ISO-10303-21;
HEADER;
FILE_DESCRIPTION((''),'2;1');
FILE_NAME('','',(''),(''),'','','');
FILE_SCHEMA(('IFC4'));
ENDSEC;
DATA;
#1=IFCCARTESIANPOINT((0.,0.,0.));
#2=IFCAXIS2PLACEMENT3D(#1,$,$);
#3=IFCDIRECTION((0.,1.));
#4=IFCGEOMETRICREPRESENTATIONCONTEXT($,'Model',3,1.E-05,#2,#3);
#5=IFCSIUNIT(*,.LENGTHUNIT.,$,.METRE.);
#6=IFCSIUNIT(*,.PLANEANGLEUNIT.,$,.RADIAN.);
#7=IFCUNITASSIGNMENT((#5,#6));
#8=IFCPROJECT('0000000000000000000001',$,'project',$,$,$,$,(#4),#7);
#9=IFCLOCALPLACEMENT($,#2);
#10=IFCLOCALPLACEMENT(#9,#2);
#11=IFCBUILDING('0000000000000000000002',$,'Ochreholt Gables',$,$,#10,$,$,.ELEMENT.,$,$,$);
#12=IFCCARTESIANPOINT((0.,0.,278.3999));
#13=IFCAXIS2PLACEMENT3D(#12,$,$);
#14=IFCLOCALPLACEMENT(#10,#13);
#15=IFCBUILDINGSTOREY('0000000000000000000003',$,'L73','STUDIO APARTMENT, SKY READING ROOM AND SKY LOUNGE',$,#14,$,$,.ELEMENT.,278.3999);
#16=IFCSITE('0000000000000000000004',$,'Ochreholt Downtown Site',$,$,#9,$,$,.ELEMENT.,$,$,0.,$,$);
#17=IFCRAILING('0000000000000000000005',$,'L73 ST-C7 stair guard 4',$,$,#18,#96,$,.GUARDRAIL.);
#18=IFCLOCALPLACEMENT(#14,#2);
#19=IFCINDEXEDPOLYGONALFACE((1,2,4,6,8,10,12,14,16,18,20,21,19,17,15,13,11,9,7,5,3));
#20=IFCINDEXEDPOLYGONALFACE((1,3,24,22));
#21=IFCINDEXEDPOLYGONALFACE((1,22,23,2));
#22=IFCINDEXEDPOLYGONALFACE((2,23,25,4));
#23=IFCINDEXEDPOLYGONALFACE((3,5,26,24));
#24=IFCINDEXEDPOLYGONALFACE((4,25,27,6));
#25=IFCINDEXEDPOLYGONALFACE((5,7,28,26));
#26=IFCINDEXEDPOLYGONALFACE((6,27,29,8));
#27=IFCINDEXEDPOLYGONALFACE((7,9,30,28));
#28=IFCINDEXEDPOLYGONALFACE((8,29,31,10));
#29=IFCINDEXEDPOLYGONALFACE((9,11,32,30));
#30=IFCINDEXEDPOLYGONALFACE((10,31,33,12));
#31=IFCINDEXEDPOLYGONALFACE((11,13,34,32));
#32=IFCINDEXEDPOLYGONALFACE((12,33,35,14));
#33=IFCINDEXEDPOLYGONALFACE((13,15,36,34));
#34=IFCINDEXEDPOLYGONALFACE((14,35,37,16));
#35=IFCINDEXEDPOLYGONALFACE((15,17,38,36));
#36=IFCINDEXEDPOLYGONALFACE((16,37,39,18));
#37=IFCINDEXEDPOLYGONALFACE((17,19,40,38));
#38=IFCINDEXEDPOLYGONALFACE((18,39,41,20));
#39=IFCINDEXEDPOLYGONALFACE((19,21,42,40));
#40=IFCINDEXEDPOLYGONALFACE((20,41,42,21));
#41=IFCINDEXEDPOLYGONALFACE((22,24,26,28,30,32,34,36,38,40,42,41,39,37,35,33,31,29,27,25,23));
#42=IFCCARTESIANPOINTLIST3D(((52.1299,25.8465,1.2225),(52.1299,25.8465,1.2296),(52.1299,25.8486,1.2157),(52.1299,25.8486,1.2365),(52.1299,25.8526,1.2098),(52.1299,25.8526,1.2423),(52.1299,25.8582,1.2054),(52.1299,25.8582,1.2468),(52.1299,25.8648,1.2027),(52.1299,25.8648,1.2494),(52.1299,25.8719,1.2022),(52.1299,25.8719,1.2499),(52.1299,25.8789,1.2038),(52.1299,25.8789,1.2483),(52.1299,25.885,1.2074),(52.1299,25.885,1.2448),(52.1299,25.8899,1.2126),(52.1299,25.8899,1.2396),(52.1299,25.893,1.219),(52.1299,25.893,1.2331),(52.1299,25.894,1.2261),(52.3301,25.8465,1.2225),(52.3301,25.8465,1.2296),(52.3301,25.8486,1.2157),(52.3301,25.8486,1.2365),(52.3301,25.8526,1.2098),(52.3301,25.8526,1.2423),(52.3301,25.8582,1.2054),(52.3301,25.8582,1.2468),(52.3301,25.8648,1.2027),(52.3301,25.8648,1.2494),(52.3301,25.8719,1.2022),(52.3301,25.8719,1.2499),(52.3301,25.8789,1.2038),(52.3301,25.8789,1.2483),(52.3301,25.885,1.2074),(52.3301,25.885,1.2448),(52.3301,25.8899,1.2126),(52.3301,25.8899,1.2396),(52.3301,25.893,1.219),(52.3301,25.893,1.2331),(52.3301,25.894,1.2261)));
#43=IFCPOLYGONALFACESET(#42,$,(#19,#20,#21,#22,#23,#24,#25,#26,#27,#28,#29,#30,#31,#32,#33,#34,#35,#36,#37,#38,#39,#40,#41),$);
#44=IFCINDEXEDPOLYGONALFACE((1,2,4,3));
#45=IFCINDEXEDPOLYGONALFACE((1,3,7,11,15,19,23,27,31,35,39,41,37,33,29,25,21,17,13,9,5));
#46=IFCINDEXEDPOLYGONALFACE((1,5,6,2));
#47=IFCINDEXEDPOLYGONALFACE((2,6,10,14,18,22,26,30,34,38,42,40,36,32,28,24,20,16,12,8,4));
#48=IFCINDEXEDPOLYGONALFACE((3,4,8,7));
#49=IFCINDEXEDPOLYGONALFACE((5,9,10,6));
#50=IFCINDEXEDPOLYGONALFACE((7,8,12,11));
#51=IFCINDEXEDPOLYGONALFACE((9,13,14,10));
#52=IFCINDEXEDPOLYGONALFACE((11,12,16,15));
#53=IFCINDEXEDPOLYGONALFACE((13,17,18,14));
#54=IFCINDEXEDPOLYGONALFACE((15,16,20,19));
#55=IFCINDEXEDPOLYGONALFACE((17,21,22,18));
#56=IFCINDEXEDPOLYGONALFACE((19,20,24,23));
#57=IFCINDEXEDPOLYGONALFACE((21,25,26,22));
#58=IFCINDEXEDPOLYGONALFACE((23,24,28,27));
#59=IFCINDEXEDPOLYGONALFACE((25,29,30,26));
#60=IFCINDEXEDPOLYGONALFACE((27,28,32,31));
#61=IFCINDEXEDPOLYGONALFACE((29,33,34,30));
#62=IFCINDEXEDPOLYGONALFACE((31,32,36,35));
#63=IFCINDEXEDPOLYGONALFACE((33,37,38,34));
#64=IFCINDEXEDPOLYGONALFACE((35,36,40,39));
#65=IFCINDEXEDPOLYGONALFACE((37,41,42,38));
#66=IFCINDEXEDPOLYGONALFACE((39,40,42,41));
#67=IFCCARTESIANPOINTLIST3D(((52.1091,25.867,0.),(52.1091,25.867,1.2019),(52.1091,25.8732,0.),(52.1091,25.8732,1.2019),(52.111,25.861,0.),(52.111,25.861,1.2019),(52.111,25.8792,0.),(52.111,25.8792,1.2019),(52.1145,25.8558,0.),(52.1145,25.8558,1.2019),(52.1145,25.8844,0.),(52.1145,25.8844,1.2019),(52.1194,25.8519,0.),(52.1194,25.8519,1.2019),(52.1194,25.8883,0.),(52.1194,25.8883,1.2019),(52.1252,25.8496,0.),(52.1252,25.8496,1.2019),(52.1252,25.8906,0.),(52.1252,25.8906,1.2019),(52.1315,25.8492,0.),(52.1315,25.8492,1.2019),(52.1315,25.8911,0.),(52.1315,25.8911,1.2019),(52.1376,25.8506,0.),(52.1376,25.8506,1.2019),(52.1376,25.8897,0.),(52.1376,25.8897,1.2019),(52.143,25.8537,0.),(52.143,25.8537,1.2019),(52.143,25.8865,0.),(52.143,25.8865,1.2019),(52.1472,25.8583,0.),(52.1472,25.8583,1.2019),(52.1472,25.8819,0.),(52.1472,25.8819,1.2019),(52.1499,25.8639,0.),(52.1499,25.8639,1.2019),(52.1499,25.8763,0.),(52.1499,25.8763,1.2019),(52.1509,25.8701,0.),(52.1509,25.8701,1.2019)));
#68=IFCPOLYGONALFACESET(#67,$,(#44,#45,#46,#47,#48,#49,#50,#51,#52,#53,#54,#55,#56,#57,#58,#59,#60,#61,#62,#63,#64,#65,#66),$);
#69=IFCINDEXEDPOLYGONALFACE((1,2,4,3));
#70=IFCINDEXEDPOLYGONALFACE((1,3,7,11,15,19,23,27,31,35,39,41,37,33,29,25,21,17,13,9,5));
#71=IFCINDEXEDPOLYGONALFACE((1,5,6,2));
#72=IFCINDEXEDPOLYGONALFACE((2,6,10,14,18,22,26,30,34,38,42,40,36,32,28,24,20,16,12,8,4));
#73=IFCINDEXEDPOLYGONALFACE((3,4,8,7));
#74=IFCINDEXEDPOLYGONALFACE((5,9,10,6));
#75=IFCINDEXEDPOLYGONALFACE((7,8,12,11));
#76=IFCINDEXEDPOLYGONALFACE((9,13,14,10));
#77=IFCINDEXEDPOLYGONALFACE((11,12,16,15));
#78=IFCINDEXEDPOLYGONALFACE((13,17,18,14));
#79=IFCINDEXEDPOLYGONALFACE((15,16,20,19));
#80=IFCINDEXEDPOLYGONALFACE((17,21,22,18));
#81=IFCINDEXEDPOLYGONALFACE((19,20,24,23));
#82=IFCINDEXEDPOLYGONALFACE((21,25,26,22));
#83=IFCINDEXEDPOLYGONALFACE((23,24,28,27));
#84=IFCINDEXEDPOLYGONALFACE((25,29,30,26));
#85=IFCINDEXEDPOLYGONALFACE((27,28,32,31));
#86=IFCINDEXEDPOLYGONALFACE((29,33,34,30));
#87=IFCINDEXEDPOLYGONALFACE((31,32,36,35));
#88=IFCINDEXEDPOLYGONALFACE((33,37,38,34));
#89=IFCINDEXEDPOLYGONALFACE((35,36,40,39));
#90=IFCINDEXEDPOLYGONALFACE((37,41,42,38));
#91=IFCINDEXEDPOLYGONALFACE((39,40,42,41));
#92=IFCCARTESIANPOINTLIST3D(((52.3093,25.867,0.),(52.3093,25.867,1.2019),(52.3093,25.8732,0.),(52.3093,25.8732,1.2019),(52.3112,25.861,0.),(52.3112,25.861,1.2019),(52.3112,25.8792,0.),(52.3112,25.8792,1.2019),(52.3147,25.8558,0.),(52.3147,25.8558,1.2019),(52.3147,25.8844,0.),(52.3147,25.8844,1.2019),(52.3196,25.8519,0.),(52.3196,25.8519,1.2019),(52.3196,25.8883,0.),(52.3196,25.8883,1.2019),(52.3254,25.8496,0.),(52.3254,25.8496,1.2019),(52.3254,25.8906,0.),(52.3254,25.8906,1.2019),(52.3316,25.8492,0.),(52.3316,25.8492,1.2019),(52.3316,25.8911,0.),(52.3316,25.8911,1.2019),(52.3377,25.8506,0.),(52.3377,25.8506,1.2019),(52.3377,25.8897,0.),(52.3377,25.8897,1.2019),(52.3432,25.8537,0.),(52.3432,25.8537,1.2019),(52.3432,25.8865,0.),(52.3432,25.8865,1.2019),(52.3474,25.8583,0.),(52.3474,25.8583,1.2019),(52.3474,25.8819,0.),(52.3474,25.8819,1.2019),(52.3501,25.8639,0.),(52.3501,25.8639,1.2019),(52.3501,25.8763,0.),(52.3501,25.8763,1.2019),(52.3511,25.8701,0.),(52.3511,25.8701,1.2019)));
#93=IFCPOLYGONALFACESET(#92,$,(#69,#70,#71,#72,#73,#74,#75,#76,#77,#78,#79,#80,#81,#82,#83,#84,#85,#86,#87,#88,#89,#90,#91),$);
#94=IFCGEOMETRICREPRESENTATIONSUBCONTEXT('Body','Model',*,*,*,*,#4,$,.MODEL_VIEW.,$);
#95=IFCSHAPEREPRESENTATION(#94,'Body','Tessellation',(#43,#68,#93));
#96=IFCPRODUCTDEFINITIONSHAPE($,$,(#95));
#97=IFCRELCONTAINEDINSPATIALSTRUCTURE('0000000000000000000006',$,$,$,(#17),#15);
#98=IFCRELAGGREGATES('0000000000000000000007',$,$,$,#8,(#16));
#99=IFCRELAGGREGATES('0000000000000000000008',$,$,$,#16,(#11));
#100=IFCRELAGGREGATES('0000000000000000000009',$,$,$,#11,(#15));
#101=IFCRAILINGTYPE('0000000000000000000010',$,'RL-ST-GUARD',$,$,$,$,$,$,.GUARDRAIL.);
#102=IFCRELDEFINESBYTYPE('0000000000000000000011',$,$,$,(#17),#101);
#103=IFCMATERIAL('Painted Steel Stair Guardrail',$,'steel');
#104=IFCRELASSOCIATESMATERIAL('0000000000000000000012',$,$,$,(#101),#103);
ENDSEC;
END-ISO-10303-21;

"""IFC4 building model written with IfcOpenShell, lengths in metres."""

from ifc_helpers import new_model, si_unit, direction, frame, origin, origin_2d, place, context, subcontext, project, spatial, circle, extrude, material, type_object, element, save


model = new_model("IFC4")

# Units and contexts
model_context = context("Model", 3, precision=1e-05, world=origin(), true_north=direction((0.0, 1.0)))
body_context = subcontext(model_context, "Body", "Model", "MODEL_VIEW")
ifc_project = project(units=[si_unit("LENGTHUNIT", "METRE"), si_unit("PLANEANGLEUNIT", "RADIAN")], contexts=[model_context])

# Site, building, storey
site_placement = place(None, origin())
site = spatial("IfcSite", under=ifc_project, at=site_placement, Name="Ochreholt Downtown Site", CompositionType="ELEMENT", RefElevation=0.0)
building_placement = place(site_placement, origin())
building = spatial("IfcBuilding", under=site, at=building_placement, Name="Ochreholt Gables", CompositionType="ELEMENT")
storey_placement = place(building_placement, frame((0.0, 0.0, 278.3999)))
storey = spatial("IfcBuildingStorey", under=building, at=storey_placement, Name="L73", Description="STUDIO APARTMENT, SKY READING ROOM AND SKY LOUNGE", CompositionType="ELEMENT", Elevation=278.3999)

# Railing
ifc_material_1 = material(Name="Painted Steel Stair Guardrail", Category="steel")
railing_type_1 = type_object("IfcRailingType", Name="RL-ST-GUARD", PredefinedType="GUARDRAIL", material=ifc_material_1)
railing_1_placement = place(storey_placement, frame((52.1299, 25.8701, 0.0)))
element("IfcRailing", 1, at=railing_1_placement, inside=storey, type_object=railing_type_1, Name="L73 ST-C7 stair guard 4", PredefinedType="GUARDRAIL", context=body_context, shape_type="SweptSolid", body=[
    extrude(circle(Radius=0.0239, at=origin_2d()), frame((0.0, 0.0, 1.2261), z_axis=(1.0, 0.0, 0.0), x_axis=(0.0, 1.0, 0.0)), (0.0, 0.0, 1.0), 0.2002),
    extrude(circle(Radius=0.021, at=origin_2d()), origin(), (0.0, 0.0, 1.0), 1.2019),
    extrude(circle(Radius=0.021, at=origin_2d()), frame((0.2002, 0.0, 0.0)), (0.0, 0.0, 1.0), 1.2019),
])

save(model, "model.ifc")
